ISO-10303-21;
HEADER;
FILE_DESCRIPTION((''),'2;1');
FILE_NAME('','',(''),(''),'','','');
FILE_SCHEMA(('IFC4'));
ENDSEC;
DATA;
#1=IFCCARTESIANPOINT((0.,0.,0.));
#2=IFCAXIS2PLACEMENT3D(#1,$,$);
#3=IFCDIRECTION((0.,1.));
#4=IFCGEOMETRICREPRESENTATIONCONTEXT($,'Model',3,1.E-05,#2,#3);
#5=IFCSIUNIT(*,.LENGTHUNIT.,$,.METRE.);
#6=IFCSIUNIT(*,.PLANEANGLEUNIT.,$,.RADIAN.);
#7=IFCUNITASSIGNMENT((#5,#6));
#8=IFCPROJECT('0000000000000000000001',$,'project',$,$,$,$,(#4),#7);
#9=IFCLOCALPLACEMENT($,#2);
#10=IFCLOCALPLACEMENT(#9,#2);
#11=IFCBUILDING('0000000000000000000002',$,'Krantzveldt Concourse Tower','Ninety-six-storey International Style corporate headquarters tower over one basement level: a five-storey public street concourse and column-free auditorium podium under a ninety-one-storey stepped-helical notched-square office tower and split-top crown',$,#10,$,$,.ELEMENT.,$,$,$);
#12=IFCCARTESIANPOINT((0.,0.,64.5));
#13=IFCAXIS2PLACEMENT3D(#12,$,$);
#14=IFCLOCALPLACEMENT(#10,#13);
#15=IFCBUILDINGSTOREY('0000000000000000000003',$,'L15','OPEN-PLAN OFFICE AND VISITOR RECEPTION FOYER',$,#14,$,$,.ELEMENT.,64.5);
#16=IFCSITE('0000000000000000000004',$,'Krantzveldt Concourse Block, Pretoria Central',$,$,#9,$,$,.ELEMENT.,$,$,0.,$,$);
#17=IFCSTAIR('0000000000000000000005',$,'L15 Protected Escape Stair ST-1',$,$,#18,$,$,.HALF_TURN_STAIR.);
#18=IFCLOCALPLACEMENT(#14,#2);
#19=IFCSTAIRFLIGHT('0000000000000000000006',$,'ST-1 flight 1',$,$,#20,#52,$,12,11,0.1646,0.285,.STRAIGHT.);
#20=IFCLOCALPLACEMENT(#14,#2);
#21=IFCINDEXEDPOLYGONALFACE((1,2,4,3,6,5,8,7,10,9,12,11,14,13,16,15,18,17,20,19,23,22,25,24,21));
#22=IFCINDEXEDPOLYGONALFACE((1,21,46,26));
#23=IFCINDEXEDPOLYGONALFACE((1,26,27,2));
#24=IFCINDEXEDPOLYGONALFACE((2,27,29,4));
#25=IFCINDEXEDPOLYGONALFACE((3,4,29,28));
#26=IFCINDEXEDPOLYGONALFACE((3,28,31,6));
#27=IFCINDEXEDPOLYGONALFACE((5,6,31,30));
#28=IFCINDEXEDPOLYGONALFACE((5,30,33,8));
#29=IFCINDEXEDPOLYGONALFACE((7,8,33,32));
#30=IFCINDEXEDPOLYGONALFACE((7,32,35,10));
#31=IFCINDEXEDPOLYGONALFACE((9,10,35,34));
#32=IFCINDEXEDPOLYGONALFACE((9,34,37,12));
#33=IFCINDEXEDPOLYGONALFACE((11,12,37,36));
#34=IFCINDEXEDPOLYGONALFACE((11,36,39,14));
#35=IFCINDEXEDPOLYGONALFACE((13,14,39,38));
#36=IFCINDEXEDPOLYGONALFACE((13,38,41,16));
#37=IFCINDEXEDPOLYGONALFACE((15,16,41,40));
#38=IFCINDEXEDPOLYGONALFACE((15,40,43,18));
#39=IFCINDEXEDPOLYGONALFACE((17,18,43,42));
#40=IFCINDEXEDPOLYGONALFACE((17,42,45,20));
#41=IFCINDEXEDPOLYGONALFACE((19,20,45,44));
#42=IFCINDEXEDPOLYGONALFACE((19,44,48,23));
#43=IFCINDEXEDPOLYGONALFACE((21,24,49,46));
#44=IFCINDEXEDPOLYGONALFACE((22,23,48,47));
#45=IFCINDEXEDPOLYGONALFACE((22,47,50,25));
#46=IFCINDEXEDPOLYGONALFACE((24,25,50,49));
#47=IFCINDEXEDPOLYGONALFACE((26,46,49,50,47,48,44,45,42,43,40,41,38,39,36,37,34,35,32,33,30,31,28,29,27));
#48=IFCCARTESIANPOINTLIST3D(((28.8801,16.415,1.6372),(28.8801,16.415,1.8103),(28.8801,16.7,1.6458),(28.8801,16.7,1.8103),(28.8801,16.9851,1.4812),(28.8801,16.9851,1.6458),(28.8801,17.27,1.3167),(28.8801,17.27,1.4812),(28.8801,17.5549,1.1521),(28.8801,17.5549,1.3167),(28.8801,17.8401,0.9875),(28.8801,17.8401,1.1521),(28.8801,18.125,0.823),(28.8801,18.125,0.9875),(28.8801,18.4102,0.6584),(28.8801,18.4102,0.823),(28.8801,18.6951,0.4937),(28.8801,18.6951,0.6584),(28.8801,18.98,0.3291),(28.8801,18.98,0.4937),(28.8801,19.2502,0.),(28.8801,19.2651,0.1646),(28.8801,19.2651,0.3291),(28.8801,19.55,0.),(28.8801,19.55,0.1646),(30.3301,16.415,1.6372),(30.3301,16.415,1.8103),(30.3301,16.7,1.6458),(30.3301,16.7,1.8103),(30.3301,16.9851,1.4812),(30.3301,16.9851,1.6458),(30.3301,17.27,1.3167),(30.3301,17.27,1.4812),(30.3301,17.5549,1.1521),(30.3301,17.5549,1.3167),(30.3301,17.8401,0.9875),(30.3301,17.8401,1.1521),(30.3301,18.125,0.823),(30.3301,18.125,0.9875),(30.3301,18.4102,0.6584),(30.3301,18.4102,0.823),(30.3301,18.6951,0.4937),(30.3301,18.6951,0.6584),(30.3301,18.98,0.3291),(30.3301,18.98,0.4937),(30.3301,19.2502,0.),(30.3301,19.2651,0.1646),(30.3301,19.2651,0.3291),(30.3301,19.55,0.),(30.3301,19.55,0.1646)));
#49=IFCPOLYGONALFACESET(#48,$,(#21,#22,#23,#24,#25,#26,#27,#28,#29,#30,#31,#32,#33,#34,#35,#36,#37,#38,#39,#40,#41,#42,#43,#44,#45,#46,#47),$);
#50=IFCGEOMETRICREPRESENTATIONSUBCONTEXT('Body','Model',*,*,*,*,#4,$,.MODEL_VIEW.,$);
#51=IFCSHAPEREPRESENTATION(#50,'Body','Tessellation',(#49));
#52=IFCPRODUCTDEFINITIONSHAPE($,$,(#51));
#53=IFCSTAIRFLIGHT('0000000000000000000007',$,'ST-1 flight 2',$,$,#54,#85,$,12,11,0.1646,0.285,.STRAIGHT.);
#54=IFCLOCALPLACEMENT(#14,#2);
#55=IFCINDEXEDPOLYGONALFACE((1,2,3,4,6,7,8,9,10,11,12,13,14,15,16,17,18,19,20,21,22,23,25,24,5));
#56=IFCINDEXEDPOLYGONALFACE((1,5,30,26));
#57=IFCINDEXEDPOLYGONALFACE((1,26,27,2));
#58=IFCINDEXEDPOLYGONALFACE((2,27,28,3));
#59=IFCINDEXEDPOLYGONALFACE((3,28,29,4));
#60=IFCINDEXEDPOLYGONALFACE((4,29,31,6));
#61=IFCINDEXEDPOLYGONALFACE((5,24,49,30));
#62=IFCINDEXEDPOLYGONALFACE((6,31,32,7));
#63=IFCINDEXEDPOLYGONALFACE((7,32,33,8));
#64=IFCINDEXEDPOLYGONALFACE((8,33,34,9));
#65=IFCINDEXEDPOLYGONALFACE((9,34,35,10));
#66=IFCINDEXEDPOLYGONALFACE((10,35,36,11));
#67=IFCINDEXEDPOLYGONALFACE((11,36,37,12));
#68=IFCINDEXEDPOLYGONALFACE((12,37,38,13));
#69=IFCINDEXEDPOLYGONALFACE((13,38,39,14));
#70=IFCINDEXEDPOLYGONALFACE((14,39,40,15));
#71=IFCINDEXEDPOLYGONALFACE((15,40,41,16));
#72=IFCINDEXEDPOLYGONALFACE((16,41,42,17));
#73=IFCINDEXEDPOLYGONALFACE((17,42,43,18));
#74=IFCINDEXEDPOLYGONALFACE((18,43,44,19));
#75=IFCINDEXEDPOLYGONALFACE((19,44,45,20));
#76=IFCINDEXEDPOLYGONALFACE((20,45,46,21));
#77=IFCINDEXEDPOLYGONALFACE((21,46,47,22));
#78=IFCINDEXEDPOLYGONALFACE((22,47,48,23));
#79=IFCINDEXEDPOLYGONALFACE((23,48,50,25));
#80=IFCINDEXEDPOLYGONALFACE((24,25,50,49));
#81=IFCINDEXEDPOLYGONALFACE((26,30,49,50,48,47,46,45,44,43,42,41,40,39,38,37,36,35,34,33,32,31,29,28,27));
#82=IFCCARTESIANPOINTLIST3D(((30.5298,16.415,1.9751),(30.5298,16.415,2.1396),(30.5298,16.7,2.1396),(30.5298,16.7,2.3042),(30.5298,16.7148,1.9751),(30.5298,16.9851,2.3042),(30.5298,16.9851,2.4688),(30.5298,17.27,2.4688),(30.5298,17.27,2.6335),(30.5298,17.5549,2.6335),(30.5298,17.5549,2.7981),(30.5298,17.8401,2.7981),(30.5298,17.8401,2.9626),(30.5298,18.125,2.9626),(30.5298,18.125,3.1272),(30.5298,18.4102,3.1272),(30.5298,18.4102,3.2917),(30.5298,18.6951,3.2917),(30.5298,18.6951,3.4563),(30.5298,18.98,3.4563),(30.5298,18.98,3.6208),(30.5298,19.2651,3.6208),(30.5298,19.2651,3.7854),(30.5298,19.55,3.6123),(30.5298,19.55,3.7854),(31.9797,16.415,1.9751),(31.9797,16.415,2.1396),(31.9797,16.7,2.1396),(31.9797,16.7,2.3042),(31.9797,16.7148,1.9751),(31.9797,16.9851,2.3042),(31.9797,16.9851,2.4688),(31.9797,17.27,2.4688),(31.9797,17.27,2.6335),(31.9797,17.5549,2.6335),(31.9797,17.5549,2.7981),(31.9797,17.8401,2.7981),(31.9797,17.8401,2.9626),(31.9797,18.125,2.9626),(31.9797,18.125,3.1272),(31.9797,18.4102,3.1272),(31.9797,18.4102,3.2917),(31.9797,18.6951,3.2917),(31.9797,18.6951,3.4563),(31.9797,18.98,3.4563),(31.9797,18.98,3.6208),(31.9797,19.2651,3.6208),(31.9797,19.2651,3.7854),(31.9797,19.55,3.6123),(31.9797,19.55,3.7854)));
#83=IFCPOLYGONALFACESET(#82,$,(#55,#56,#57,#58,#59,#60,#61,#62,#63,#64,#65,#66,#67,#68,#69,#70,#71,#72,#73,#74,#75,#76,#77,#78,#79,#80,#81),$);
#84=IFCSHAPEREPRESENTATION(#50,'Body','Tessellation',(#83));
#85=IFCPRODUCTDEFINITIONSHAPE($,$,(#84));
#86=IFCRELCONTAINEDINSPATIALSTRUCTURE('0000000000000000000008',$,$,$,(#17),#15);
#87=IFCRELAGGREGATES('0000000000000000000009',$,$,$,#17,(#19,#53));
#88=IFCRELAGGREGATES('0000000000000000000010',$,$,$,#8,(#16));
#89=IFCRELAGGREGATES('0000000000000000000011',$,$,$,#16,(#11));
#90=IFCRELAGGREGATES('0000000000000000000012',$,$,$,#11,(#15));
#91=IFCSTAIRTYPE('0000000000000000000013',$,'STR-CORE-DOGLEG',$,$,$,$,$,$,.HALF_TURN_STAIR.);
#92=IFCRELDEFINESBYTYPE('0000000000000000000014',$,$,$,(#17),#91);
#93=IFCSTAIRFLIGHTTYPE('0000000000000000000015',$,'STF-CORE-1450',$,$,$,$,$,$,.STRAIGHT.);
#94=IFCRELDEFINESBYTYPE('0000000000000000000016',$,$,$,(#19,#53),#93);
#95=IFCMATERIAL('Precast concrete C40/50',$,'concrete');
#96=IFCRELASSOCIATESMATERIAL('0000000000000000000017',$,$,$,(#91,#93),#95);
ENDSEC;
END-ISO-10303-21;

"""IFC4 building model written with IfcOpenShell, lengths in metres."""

from ifc_helpers import new_model, si_unit, direction, frame, origin, place, context, subcontext, project, spatial, polyline, outline, extrude, material, type_object, element, aggregate, save


model = new_model("IFC4")

# Units and contexts
model_context = context("Model", 3, precision=1e-05, world=origin(), true_north=direction((0.0, 1.0)))
body_context = subcontext(model_context, "Body", "Model", "MODEL_VIEW")
ifc_project = project(units=[si_unit("LENGTHUNIT", "METRE"), si_unit("PLANEANGLEUNIT", "RADIAN")], contexts=[model_context])

# Site, building, storey
site_placement = place(None, origin())
site = spatial("IfcSite", under=ifc_project, at=site_placement, Name="Krantzveldt Concourse Block, Pretoria Central", CompositionType="ELEMENT", RefElevation=0.0)
building_placement = place(site_placement, origin())
building = spatial("IfcBuilding", under=site, at=building_placement, Name="Krantzveldt Concourse Tower", Description="Ninety-six-storey International Style corporate headquarters tower over one basement level: a five-storey public street concourse and column-free auditorium podium under a ninety-one-storey stepped-helical notched-square office tower and split-top crown", CompositionType="ELEMENT")
storey_placement = place(building_placement, frame((0.0, 0.0, 64.5)))
storey = spatial("IfcBuildingStorey", under=building, at=storey_placement, Name="L15", Description="OPEN-PLAN OFFICE AND VISITOR RECEPTION FOYER", CompositionType="ELEMENT", Elevation=64.5)

# Stair, stair flights
ifc_material_1 = material(Name="Precast concrete C40/50", Category="concrete")
stair_type = type_object("IfcStairType", Name="STR-CORE-DOGLEG", PredefinedType="HALF_TURN_STAIR", material=ifc_material_1)
stair_placement = place(storey_placement, origin())
stair = element("IfcStair", 1, at=stair_placement, inside=storey, type_object=stair_type, Name="L15 Protected Escape Stair ST-1", PredefinedType="HALF_TURN_STAIR")
stair_flight_type = type_object("IfcStairFlightType", Name="STF-CORE-1450", PredefinedType="STRAIGHT", material=ifc_material_1)
stair_flight_1_placement = place(storey_placement, frame((29.605, 19.55, 0.0), z_axis=(0.0, 0.0, 1.0), x_axis=(0.0, -1.0, 0.0)))
stair_flight_1 = element("IfcStairFlight", 2, at=stair_flight_1_placement, type_object=stair_flight_type, Name="ST-1 flight 1", NumberOfRisers=12, NumberOfTreads=11, PredefinedType="STRAIGHT", RiserHeight=0.1646, TreadLength=0.285, context=body_context, shape_type="SweptSolid", body=[
    extrude(outline(polyline([(0.0, 0.0), (0.0, 0.1646), (0.2849, 0.1646), (0.2849, 0.3291), (0.5701, 0.3291), (0.5701, 0.4937), (0.855, 0.4937), (0.855, 0.6584), (1.1399, 0.6584), (1.1399, 0.823), (1.425, 0.823), (1.425, 0.9875), (1.71, 0.9875), (1.71, 1.1521), (1.9951, 1.1521), (1.9951, 1.3167), (2.28, 1.3167), (2.28, 1.4812), (2.5649, 1.4812), (2.5649, 1.6458), (2.8501, 1.6458), (2.8501, 1.8103), (3.135, 1.8103), (3.135, 1.9751), (3.135, 1.6372), (0.2998, 0.0), (0.0, 0.0)])), frame((0.0, 0.7251, 0.0), z_axis=(0.0, -1.0, 0.0), x_axis=(1.0, 0.0, 0.0)), (0.0, 0.0, 1.0), 1.45),
])
stair_flight_2_placement = place(storey_placement, frame((31.2549, 16.415, 1.9751), z_axis=(0.0, 0.0, 1.0), x_axis=(0.0, 1.0, 0.0)))
stair_flight_2 = element("IfcStairFlight", 3, at=stair_flight_2_placement, type_object=stair_flight_type, Name="ST-1 flight 2", NumberOfRisers=12, NumberOfTreads=11, PredefinedType="STRAIGHT", RiserHeight=0.1646, TreadLength=0.285, context=body_context, shape_type="SweptSolid", body=[
    extrude(outline(polyline([(0.0, 0.0), (0.0, 0.1646), (0.2849, 0.1646), (0.2849, 0.3291), (0.5701, 0.3291), (0.5701, 0.4937), (0.855, 0.4937), (0.855, 0.6584), (1.1399, 0.6584), (1.1399, 0.823), (1.425, 0.823), (1.425, 0.9875), (1.71, 0.9875), (1.71, 1.1521), (1.9951, 1.1521), (1.9951, 1.3167), (2.28, 1.3167), (2.28, 1.4812), (2.5649, 1.4812), (2.5649, 1.6458), (2.8501, 1.6458), (2.8501, 1.8103), (3.135, 1.8103), (3.135, 1.9751), (3.135, 1.6372), (0.2998, 0.0), (0.0, 0.0)])), frame((0.0, 0.7251, 0.0), z_axis=(0.0, -1.0, 0.0), x_axis=(1.0, 0.0, 0.0)), (0.0, 0.0, 1.0), 1.45),
])
aggregate(stair, [stair_flight_1, stair_flight_2])

save(model, "model.ifc")
